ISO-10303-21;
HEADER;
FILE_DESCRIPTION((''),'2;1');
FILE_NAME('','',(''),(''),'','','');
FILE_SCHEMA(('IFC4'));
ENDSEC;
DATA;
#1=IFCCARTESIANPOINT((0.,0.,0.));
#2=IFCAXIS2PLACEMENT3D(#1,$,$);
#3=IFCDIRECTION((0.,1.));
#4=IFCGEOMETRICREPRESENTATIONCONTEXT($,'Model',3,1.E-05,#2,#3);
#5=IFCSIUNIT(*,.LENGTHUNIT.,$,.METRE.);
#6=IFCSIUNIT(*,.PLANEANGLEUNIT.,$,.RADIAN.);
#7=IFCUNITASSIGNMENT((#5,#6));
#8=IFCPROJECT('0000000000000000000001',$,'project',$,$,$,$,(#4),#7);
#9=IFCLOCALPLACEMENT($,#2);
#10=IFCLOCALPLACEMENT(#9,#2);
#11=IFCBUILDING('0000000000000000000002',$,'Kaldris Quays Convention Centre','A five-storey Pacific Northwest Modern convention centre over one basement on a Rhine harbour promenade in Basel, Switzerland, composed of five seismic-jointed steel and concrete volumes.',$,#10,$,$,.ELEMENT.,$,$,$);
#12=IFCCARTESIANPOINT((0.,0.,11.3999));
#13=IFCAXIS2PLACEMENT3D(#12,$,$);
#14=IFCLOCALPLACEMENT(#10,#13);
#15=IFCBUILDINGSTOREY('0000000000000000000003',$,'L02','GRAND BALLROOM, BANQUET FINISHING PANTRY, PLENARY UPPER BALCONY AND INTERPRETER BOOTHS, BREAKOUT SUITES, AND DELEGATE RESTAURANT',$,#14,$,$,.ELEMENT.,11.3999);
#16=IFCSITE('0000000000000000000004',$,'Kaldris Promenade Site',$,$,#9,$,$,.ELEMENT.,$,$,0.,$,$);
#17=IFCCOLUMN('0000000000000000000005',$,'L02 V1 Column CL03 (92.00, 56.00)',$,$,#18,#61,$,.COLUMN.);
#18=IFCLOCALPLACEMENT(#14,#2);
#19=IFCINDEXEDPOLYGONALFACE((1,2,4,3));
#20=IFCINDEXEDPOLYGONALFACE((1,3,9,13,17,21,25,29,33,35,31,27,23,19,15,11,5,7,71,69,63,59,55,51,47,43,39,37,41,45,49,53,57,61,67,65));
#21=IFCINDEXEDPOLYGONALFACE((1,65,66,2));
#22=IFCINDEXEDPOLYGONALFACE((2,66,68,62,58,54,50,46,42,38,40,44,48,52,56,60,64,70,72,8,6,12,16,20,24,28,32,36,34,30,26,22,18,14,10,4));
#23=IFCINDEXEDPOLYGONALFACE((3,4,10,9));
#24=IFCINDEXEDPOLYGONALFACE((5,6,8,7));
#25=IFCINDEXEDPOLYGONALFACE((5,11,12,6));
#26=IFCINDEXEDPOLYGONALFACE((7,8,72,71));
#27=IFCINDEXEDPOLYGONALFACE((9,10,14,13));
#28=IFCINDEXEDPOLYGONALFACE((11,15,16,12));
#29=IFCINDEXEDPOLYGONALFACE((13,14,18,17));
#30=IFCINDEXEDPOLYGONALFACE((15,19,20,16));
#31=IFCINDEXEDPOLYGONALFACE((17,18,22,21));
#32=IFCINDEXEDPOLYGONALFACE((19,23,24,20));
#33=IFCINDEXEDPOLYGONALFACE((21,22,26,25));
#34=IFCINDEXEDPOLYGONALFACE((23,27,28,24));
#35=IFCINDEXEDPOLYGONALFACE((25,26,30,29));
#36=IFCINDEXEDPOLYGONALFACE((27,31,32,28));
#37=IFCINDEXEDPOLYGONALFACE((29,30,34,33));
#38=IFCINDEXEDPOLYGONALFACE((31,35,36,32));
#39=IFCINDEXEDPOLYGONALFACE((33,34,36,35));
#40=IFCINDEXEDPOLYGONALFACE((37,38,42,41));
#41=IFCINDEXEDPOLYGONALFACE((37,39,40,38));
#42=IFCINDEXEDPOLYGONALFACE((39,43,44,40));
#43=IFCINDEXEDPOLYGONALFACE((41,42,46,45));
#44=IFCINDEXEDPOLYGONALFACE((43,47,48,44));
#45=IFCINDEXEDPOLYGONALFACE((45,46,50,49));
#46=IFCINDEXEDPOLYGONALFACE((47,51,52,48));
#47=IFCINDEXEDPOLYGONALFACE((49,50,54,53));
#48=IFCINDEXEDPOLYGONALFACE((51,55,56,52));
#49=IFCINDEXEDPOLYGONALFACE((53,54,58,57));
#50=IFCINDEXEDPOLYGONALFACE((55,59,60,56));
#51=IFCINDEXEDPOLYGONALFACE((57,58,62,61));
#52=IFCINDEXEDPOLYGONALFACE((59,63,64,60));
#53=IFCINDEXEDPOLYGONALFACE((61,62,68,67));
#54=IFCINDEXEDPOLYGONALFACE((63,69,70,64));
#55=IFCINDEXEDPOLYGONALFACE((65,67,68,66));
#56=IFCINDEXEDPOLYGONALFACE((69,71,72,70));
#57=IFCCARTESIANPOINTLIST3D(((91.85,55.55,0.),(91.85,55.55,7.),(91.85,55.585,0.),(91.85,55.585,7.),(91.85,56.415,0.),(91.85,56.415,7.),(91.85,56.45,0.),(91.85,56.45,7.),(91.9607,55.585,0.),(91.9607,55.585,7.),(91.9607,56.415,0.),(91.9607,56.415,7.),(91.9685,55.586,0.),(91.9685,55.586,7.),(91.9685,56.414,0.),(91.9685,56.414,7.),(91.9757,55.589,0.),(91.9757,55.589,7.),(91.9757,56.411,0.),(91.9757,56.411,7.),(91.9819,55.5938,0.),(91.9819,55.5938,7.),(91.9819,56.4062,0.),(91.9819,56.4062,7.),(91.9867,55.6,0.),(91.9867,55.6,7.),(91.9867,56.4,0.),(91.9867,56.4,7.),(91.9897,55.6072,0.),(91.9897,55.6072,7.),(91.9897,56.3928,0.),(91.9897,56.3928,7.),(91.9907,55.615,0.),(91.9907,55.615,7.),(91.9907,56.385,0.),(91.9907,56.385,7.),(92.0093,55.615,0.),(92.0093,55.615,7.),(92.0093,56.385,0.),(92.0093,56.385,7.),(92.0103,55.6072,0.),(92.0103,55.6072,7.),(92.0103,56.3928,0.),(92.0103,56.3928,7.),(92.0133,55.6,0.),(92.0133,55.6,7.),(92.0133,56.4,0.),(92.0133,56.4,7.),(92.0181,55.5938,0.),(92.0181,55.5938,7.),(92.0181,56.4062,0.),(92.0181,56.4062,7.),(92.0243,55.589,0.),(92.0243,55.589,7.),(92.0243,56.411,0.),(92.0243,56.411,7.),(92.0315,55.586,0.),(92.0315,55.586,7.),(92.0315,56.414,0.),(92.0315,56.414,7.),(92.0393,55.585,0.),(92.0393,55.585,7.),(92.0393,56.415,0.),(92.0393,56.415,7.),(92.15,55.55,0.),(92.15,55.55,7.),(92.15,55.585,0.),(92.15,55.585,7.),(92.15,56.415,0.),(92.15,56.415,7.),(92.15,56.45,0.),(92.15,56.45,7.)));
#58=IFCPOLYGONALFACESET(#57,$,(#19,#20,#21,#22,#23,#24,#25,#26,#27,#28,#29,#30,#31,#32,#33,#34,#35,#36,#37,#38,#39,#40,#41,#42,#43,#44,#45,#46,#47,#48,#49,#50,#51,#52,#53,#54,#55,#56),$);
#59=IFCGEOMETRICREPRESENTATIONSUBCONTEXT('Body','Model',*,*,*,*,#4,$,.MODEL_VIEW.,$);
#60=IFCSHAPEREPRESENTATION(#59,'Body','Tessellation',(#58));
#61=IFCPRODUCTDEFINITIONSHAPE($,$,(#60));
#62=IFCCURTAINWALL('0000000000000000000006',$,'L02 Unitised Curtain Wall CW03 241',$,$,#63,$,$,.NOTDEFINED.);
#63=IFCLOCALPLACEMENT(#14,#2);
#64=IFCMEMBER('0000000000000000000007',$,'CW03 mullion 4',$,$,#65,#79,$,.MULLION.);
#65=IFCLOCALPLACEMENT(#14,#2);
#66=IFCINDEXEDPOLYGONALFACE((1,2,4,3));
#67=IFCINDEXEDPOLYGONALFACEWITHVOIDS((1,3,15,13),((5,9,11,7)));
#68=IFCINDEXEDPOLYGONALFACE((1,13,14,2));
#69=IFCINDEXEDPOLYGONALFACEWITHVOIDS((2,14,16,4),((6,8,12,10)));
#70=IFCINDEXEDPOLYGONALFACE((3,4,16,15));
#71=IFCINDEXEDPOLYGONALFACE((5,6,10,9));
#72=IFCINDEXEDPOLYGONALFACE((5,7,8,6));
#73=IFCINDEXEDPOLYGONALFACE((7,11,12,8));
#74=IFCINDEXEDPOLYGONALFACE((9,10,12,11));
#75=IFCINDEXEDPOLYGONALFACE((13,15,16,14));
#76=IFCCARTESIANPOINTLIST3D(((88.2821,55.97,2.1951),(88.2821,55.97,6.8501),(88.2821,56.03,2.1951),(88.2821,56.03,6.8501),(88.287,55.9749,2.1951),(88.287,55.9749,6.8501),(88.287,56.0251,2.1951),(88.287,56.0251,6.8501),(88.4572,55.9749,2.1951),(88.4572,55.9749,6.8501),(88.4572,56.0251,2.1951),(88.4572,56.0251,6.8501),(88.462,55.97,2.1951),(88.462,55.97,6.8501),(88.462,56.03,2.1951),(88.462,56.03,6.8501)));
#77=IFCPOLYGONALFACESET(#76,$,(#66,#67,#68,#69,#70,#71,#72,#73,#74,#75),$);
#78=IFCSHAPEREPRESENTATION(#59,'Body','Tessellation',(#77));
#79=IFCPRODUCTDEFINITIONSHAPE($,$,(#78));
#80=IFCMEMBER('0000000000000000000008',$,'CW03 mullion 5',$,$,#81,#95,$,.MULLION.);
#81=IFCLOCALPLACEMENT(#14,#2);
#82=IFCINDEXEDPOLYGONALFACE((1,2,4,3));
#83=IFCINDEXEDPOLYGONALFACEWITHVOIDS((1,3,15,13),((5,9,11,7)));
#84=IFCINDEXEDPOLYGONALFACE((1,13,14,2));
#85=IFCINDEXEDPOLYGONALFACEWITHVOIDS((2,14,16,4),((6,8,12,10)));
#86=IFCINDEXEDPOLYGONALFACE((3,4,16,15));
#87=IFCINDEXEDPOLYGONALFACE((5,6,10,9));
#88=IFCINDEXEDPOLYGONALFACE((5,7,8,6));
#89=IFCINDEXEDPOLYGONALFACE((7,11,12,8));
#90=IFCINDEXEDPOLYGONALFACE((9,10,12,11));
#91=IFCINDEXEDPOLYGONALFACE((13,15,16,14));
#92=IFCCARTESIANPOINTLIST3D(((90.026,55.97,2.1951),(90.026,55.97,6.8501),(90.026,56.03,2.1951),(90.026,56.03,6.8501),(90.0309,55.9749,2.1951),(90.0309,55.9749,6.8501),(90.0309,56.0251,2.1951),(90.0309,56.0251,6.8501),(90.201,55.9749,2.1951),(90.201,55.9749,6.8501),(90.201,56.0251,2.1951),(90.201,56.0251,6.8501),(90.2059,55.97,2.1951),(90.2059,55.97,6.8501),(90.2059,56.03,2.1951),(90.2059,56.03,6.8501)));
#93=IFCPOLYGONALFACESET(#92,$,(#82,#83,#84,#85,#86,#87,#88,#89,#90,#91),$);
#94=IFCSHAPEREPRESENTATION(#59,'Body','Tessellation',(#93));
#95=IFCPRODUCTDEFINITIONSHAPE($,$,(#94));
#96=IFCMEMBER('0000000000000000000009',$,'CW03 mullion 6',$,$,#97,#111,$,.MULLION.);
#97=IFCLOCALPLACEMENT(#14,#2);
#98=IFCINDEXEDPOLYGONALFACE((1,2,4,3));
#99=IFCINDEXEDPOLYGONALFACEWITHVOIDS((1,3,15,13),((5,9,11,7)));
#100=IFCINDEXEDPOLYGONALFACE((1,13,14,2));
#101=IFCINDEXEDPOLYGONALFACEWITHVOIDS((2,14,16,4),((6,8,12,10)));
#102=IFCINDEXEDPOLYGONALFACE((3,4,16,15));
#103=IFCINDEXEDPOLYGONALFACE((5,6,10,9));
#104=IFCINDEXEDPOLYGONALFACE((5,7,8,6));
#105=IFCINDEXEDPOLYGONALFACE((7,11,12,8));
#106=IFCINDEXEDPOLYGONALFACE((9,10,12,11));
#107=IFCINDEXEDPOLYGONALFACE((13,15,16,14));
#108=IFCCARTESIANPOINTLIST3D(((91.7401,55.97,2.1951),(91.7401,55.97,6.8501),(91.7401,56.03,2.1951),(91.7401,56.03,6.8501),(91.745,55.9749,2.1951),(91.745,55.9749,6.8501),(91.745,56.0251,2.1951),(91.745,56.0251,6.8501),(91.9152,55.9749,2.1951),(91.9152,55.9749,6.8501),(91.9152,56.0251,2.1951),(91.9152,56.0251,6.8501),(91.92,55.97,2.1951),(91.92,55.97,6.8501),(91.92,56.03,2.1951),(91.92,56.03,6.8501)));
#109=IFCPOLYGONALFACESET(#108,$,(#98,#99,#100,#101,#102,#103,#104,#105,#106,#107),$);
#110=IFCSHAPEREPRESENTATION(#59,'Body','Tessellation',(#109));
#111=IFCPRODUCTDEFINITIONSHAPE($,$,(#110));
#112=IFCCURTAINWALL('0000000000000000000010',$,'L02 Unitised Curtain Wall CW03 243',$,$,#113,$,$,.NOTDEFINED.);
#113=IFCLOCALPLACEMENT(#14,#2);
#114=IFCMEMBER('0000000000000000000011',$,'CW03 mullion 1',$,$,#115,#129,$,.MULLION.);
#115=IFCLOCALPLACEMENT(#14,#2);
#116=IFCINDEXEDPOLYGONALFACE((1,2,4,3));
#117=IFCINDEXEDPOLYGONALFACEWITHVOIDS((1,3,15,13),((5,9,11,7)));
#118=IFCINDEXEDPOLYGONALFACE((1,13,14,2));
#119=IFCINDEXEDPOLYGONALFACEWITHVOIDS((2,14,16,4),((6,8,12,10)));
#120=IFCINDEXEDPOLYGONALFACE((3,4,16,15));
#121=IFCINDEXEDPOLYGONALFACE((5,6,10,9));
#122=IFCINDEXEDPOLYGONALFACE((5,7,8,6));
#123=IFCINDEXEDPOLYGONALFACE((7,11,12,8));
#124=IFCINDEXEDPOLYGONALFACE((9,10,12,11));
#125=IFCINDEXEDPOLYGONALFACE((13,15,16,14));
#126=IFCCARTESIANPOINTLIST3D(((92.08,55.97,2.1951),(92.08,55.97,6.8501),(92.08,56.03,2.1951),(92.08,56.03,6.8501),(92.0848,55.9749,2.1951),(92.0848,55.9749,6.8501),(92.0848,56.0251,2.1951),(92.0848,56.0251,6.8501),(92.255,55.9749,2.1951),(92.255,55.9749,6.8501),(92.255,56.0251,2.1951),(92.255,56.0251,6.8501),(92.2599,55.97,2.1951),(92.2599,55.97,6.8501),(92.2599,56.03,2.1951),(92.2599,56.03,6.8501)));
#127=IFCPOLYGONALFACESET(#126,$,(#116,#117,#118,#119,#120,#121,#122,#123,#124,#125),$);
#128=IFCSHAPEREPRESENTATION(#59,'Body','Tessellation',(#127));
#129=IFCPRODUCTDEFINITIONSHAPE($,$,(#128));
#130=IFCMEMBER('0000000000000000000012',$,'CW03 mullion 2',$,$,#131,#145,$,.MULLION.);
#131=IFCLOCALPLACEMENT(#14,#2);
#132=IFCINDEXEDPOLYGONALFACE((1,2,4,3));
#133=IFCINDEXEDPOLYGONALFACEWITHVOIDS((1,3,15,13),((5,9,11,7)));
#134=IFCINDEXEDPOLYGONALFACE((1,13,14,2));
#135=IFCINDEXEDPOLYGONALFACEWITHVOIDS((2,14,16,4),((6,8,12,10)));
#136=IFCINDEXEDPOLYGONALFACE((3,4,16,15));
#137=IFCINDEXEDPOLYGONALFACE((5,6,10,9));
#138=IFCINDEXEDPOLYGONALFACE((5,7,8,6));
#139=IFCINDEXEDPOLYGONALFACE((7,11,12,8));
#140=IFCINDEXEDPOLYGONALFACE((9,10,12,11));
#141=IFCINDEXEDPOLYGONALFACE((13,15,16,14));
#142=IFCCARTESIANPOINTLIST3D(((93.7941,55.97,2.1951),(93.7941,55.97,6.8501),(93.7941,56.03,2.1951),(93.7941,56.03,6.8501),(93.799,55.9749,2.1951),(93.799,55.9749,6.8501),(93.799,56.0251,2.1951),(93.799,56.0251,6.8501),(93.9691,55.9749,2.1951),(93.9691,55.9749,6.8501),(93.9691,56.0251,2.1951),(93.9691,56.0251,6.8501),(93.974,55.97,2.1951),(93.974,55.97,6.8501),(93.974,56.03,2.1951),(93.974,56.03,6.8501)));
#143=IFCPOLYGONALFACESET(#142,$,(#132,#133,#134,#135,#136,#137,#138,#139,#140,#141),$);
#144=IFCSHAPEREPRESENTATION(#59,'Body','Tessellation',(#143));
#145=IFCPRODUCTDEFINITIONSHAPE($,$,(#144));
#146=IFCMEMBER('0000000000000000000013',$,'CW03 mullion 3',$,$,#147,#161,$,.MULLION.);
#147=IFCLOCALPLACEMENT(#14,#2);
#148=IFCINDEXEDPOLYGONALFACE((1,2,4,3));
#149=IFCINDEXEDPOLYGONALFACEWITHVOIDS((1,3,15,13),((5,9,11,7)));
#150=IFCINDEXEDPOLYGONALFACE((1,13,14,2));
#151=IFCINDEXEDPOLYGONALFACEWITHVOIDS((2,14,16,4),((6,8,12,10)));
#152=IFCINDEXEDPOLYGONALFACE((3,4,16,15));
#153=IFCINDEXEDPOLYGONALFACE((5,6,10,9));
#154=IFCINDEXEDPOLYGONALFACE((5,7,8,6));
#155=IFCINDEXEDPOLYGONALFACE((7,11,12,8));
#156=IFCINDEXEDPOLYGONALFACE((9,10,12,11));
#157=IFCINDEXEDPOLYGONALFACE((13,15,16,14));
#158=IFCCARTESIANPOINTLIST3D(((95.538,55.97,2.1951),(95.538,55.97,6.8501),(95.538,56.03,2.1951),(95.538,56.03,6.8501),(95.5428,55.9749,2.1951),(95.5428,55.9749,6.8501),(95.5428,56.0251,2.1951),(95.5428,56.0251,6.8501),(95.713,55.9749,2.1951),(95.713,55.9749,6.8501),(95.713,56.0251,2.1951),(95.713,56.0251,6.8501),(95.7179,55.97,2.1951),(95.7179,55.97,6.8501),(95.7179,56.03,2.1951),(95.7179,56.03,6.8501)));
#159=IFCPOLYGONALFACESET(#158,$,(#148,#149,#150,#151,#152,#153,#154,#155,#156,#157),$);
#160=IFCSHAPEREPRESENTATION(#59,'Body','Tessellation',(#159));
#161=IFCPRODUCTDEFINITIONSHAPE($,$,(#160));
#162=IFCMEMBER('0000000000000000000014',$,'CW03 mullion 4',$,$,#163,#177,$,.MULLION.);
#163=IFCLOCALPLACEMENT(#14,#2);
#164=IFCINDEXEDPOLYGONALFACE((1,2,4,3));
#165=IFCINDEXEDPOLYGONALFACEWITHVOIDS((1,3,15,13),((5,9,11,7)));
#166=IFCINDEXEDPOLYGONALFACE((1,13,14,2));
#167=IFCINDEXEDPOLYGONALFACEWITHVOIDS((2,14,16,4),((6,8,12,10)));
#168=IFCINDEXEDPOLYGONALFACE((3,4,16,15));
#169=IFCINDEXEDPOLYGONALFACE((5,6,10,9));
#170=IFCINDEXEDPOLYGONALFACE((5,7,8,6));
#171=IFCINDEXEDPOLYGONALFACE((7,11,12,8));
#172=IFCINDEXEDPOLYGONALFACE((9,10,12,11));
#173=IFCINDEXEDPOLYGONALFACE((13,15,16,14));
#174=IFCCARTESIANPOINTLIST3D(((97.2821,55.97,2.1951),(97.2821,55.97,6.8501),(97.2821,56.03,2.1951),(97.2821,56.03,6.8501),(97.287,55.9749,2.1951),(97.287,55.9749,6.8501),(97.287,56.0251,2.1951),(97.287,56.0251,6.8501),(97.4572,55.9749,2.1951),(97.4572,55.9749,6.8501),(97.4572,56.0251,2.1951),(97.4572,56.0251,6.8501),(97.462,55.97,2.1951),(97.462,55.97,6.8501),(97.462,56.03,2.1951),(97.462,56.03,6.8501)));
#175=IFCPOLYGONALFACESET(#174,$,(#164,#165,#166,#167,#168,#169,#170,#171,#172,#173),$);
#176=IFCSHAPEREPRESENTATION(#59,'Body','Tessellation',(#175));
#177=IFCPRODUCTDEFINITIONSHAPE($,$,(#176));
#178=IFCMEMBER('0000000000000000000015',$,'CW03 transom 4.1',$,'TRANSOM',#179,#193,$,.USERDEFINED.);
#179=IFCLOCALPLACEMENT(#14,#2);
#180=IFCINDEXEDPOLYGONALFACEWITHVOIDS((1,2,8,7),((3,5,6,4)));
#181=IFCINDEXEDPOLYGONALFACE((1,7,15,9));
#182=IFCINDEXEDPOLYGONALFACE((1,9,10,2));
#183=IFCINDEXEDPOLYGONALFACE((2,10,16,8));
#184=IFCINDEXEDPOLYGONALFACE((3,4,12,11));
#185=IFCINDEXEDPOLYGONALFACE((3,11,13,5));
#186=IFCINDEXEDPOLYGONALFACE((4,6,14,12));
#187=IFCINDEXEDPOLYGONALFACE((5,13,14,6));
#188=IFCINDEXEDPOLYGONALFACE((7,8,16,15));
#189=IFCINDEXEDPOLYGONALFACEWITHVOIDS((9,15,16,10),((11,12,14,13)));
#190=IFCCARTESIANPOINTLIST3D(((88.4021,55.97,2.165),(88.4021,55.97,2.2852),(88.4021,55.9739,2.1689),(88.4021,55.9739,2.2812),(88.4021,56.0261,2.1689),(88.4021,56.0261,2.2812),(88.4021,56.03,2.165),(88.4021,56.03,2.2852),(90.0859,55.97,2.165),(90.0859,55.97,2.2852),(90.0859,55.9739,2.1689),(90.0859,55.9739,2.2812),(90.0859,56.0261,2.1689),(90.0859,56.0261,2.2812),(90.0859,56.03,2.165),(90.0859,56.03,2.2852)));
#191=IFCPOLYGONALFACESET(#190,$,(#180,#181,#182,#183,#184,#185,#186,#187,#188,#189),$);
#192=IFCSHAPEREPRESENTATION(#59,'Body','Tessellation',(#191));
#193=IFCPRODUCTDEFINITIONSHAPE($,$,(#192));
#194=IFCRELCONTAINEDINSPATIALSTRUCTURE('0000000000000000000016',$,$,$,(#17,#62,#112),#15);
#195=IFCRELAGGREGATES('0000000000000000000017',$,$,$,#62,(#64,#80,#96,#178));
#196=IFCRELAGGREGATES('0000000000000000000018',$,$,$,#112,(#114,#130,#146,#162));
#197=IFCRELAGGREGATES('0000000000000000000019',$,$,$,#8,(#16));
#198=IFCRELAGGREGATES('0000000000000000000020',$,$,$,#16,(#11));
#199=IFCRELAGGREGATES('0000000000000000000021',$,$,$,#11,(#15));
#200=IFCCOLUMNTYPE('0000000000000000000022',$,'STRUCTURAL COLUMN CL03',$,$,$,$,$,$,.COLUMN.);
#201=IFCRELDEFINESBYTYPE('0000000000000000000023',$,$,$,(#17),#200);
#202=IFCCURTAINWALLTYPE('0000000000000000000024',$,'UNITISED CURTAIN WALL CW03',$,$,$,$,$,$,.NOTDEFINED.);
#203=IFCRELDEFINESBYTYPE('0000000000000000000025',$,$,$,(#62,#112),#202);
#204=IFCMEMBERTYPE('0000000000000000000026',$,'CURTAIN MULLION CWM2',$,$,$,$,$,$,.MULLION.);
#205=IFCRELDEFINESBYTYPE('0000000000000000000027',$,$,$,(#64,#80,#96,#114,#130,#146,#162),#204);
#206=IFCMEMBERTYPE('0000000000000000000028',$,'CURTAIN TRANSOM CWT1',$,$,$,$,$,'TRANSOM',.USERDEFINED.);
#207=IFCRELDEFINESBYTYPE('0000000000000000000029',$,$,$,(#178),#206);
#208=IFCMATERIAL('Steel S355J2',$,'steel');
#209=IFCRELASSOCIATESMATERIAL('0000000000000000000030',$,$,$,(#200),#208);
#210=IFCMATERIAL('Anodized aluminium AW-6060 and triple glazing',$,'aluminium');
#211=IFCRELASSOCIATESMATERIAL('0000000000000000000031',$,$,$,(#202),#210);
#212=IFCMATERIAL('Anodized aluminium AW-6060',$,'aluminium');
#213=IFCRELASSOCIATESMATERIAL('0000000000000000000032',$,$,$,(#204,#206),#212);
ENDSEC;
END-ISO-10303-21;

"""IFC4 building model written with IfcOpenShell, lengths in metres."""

from ifc_helpers import new_model, si_unit, direction, frame, origin, origin_2d, place, context, subcontext, project, spatial, hollow_rectangle, i_section, extrude, material, material_profile, profile_set, type_object, element, aggregate, save


model = new_model("IFC4")

# Units and contexts
model_context = context("Model", 3, precision=1e-05, world=origin(), true_north=direction((0.0, 1.0)))
body_context = subcontext(model_context, "Body", "Model", "MODEL_VIEW")
ifc_project = project(units=[si_unit("LENGTHUNIT", "METRE"), si_unit("PLANEANGLEUNIT", "RADIAN")], contexts=[model_context])

# Site, building, storey
site_placement = place(None, origin())
site = spatial("IfcSite", under=ifc_project, at=site_placement, Name="Kaldris Promenade Site", CompositionType="ELEMENT", RefElevation=0.0)
building_placement = place(site_placement, origin())
building = spatial("IfcBuilding", under=site, at=building_placement, Name="Kaldris Quays Convention Centre", Description="A five-storey Pacific Northwest Modern convention centre over one basement on a Rhine harbour promenade in Basel, Switzerland, composed of five seismic-jointed steel and concrete volumes.", CompositionType="ELEMENT")
storey_placement = place(building_placement, frame((0.0, 0.0, 11.3999)))
storey = spatial("IfcBuildingStorey", under=building, at=storey_placement, Name="L02", Description="GRAND BALLROOM, BANQUET FINISHING PANTRY, PLENARY UPPER BALCONY AND INTERPRETER BOOTHS, BREAKOUT SUITES, AND DELEGATE RESTAURANT", CompositionType="ELEMENT", Elevation=11.3999)

# Column
ifc_material_1 = material(Name="Steel S355J2", Category="steel")
ifc_material_profile_1 = material_profile(ifc_material_1, i_section(OverallWidth=0.3, OverallDepth=0.8999, WebThickness=0.0186, FlangeThickness=0.0349, FilletRadius=0.03, at=origin_2d()), Name="HEB 900")
ifc_profile_set_1 = profile_set([ifc_material_profile_1], Name="Steel S355J2")
column_type = type_object("IfcColumnType", Name="STRUCTURAL COLUMN CL03", PredefinedType="COLUMN", material=ifc_profile_set_1)
column_placement = place(storey_placement, frame((92.0, 56.0, 0.0), z_axis=(0.0, 0.0, 1.0), x_axis=(1.0, 0.0, 0.0)))
element("IfcColumn", 1, at=column_placement, inside=storey, type_object=column_type, Name="L02 V1 Column CL03 (92.00, 56.00)", PredefinedType="COLUMN", context=body_context, shape_type="SweptSolid", body=[
    extrude(i_section(OverallWidth=0.3, OverallDepth=0.8999, WebThickness=0.0186, FlangeThickness=0.0349, FilletRadius=0.03, at=origin_2d()), origin(), (0.0, 0.0, 1.0), 7.0),
])

# Curtain walls, members
ifc_material_2 = material(Name="Anodized aluminium AW-6060 and triple glazing", Category="aluminium")
curtain_wall_type = type_object("IfcCurtainWallType", Name="UNITISED CURTAIN WALL CW03", PredefinedType="NOTDEFINED", material=ifc_material_2)
curtain_wall_1_placement = place(storey_placement, origin())
curtain_wall_1 = element("IfcCurtainWall", 2, at=curtain_wall_1_placement, inside=storey, type_object=curtain_wall_type, Name="L02 Unitised Curtain Wall CW03 241", PredefinedType="NOTDEFINED")
ifc_material_3 = material(Name="Anodized aluminium AW-6060", Category="aluminium")
ifc_material_profile_2 = material_profile(ifc_material_3, hollow_rectangle(XDim=0.0601, YDim=0.1799, WallThickness=0.0049, at=origin_2d()), Name="RHS 180x60x5")
ifc_profile_set_2 = profile_set([ifc_material_profile_2], Name="Anodized aluminium AW-6060")
member_type_1 = type_object("IfcMemberType", Name="CURTAIN MULLION CWM2", PredefinedType="MULLION", material=ifc_profile_set_2)
member_1_placement = place(storey_placement, frame((88.3721, 56.0, 2.1951), z_axis=(0.0, 0.0, 1.0), x_axis=(0.0, 1.0, 0.0)))
member_1 = element("IfcMember", 3, at=member_1_placement, type_object=member_type_1, Name="CW03 mullion 4", PredefinedType="MULLION", context=body_context, shape_type="SweptSolid", body=[
    extrude(hollow_rectangle(XDim=0.0601, YDim=0.1799, WallThickness=0.0049, at=origin_2d()), origin(), (0.0, 0.0, 1.0), 4.655),
])
member_2_placement = place(storey_placement, frame((90.116, 56.0, 2.1951), z_axis=(0.0, 0.0, 1.0), x_axis=(0.0, 1.0, 0.0)))
member_2 = element("IfcMember", 4, at=member_2_placement, type_object=member_type_1, Name="CW03 mullion 5", PredefinedType="MULLION", context=body_context, shape_type="SweptSolid", body=[
    extrude(hollow_rectangle(XDim=0.0601, YDim=0.1799, WallThickness=0.0049, at=origin_2d()), origin(), (0.0, 0.0, 1.0), 4.655),
])
member_3_placement = place(storey_placement, frame((91.8301, 56.0, 2.1951), z_axis=(0.0, 0.0, 1.0), x_axis=(0.0, 1.0, 0.0)))
member_3 = element("IfcMember", 5, at=member_3_placement, type_object=member_type_1, Name="CW03 mullion 6", PredefinedType="MULLION", context=body_context, shape_type="SweptSolid", body=[
    extrude(hollow_rectangle(XDim=0.0601, YDim=0.1799, WallThickness=0.0049, at=origin_2d()), origin(), (0.0, 0.0, 1.0), 4.655),
])
curtain_wall_2_placement = place(storey_placement, origin())
curtain_wall_2 = element("IfcCurtainWall", 6, at=curtain_wall_2_placement, inside=storey, type_object=curtain_wall_type, Name="L02 Unitised Curtain Wall CW03 243", PredefinedType="NOTDEFINED")
member_4_placement = place(storey_placement, frame((92.1699, 56.0, 2.1951), z_axis=(0.0, 0.0, 1.0), x_axis=(0.0, 1.0, 0.0)))
member_4 = element("IfcMember", 7, at=member_4_placement, type_object=member_type_1, Name="CW03 mullion 1", PredefinedType="MULLION", context=body_context, shape_type="SweptSolid", body=[
    extrude(hollow_rectangle(XDim=0.0601, YDim=0.1799, WallThickness=0.0049, at=origin_2d()), origin(), (0.0, 0.0, 1.0), 4.655),
])
member_5_placement = place(storey_placement, frame((93.884, 56.0, 2.1951), z_axis=(0.0, 0.0, 1.0), x_axis=(0.0, 1.0, 0.0)))
member_5 = element("IfcMember", 8, at=member_5_placement, type_object=member_type_1, Name="CW03 mullion 2", PredefinedType="MULLION", context=body_context, shape_type="SweptSolid", body=[
    extrude(hollow_rectangle(XDim=0.0601, YDim=0.1799, WallThickness=0.0049, at=origin_2d()), origin(), (0.0, 0.0, 1.0), 4.655),
])
member_6_placement = place(storey_placement, frame((95.6279, 56.0, 2.1951), z_axis=(0.0, 0.0, 1.0), x_axis=(0.0, 1.0, 0.0)))
member_6 = element("IfcMember", 9, at=member_6_placement, type_object=member_type_1, Name="CW03 mullion 3", PredefinedType="MULLION", context=body_context, shape_type="SweptSolid", body=[
    extrude(hollow_rectangle(XDim=0.0601, YDim=0.1799, WallThickness=0.0049, at=origin_2d()), origin(), (0.0, 0.0, 1.0), 4.655),
])
member_7_placement = place(storey_placement, frame((97.3721, 56.0, 2.1951), z_axis=(0.0, 0.0, 1.0), x_axis=(0.0, 1.0, 0.0)))
member_7 = element("IfcMember", 10, at=member_7_placement, type_object=member_type_1, Name="CW03 mullion 4", PredefinedType="MULLION", context=body_context, shape_type="SweptSolid", body=[
    extrude(hollow_rectangle(XDim=0.0601, YDim=0.1799, WallThickness=0.0049, at=origin_2d()), origin(), (0.0, 0.0, 1.0), 4.655),
])

# Member
ifc_material_profile_3 = material_profile(ifc_material_3, hollow_rectangle(XDim=0.0601, YDim=0.1201, WallThickness=0.0039, at=origin_2d()), Name="RHS 120x60x4")
ifc_profile_set_3 = profile_set([ifc_material_profile_3], Name="Anodized aluminium AW-6060")
member_type_2 = type_object("IfcMemberType", Name="CURTAIN TRANSOM CWT1", ElementType="TRANSOM", PredefinedType="USERDEFINED", material=ifc_profile_set_3)
member_8_placement = place(storey_placement, frame((88.4021, 56.0, 2.2251), z_axis=(1.0, 0.0, 0.0), x_axis=(0.0, 1.0, 0.0)))
member_8 = element("IfcMember", 11, at=member_8_placement, type_object=member_type_2, Name="CW03 transom 4.1", ObjectType="TRANSOM", PredefinedType="USERDEFINED", context=body_context, shape_type="SweptSolid", body=[
    extrude(hollow_rectangle(XDim=0.0601, YDim=0.1201, WallThickness=0.0039, at=origin_2d()), origin(), (0.0, 0.0, 1.0), 1.6838),
])

aggregate(curtain_wall_1, [member_1, member_2, member_3, member_8])
aggregate(curtain_wall_2, [member_4, member_5, member_6, member_7])

save(model, "model.ifc")
